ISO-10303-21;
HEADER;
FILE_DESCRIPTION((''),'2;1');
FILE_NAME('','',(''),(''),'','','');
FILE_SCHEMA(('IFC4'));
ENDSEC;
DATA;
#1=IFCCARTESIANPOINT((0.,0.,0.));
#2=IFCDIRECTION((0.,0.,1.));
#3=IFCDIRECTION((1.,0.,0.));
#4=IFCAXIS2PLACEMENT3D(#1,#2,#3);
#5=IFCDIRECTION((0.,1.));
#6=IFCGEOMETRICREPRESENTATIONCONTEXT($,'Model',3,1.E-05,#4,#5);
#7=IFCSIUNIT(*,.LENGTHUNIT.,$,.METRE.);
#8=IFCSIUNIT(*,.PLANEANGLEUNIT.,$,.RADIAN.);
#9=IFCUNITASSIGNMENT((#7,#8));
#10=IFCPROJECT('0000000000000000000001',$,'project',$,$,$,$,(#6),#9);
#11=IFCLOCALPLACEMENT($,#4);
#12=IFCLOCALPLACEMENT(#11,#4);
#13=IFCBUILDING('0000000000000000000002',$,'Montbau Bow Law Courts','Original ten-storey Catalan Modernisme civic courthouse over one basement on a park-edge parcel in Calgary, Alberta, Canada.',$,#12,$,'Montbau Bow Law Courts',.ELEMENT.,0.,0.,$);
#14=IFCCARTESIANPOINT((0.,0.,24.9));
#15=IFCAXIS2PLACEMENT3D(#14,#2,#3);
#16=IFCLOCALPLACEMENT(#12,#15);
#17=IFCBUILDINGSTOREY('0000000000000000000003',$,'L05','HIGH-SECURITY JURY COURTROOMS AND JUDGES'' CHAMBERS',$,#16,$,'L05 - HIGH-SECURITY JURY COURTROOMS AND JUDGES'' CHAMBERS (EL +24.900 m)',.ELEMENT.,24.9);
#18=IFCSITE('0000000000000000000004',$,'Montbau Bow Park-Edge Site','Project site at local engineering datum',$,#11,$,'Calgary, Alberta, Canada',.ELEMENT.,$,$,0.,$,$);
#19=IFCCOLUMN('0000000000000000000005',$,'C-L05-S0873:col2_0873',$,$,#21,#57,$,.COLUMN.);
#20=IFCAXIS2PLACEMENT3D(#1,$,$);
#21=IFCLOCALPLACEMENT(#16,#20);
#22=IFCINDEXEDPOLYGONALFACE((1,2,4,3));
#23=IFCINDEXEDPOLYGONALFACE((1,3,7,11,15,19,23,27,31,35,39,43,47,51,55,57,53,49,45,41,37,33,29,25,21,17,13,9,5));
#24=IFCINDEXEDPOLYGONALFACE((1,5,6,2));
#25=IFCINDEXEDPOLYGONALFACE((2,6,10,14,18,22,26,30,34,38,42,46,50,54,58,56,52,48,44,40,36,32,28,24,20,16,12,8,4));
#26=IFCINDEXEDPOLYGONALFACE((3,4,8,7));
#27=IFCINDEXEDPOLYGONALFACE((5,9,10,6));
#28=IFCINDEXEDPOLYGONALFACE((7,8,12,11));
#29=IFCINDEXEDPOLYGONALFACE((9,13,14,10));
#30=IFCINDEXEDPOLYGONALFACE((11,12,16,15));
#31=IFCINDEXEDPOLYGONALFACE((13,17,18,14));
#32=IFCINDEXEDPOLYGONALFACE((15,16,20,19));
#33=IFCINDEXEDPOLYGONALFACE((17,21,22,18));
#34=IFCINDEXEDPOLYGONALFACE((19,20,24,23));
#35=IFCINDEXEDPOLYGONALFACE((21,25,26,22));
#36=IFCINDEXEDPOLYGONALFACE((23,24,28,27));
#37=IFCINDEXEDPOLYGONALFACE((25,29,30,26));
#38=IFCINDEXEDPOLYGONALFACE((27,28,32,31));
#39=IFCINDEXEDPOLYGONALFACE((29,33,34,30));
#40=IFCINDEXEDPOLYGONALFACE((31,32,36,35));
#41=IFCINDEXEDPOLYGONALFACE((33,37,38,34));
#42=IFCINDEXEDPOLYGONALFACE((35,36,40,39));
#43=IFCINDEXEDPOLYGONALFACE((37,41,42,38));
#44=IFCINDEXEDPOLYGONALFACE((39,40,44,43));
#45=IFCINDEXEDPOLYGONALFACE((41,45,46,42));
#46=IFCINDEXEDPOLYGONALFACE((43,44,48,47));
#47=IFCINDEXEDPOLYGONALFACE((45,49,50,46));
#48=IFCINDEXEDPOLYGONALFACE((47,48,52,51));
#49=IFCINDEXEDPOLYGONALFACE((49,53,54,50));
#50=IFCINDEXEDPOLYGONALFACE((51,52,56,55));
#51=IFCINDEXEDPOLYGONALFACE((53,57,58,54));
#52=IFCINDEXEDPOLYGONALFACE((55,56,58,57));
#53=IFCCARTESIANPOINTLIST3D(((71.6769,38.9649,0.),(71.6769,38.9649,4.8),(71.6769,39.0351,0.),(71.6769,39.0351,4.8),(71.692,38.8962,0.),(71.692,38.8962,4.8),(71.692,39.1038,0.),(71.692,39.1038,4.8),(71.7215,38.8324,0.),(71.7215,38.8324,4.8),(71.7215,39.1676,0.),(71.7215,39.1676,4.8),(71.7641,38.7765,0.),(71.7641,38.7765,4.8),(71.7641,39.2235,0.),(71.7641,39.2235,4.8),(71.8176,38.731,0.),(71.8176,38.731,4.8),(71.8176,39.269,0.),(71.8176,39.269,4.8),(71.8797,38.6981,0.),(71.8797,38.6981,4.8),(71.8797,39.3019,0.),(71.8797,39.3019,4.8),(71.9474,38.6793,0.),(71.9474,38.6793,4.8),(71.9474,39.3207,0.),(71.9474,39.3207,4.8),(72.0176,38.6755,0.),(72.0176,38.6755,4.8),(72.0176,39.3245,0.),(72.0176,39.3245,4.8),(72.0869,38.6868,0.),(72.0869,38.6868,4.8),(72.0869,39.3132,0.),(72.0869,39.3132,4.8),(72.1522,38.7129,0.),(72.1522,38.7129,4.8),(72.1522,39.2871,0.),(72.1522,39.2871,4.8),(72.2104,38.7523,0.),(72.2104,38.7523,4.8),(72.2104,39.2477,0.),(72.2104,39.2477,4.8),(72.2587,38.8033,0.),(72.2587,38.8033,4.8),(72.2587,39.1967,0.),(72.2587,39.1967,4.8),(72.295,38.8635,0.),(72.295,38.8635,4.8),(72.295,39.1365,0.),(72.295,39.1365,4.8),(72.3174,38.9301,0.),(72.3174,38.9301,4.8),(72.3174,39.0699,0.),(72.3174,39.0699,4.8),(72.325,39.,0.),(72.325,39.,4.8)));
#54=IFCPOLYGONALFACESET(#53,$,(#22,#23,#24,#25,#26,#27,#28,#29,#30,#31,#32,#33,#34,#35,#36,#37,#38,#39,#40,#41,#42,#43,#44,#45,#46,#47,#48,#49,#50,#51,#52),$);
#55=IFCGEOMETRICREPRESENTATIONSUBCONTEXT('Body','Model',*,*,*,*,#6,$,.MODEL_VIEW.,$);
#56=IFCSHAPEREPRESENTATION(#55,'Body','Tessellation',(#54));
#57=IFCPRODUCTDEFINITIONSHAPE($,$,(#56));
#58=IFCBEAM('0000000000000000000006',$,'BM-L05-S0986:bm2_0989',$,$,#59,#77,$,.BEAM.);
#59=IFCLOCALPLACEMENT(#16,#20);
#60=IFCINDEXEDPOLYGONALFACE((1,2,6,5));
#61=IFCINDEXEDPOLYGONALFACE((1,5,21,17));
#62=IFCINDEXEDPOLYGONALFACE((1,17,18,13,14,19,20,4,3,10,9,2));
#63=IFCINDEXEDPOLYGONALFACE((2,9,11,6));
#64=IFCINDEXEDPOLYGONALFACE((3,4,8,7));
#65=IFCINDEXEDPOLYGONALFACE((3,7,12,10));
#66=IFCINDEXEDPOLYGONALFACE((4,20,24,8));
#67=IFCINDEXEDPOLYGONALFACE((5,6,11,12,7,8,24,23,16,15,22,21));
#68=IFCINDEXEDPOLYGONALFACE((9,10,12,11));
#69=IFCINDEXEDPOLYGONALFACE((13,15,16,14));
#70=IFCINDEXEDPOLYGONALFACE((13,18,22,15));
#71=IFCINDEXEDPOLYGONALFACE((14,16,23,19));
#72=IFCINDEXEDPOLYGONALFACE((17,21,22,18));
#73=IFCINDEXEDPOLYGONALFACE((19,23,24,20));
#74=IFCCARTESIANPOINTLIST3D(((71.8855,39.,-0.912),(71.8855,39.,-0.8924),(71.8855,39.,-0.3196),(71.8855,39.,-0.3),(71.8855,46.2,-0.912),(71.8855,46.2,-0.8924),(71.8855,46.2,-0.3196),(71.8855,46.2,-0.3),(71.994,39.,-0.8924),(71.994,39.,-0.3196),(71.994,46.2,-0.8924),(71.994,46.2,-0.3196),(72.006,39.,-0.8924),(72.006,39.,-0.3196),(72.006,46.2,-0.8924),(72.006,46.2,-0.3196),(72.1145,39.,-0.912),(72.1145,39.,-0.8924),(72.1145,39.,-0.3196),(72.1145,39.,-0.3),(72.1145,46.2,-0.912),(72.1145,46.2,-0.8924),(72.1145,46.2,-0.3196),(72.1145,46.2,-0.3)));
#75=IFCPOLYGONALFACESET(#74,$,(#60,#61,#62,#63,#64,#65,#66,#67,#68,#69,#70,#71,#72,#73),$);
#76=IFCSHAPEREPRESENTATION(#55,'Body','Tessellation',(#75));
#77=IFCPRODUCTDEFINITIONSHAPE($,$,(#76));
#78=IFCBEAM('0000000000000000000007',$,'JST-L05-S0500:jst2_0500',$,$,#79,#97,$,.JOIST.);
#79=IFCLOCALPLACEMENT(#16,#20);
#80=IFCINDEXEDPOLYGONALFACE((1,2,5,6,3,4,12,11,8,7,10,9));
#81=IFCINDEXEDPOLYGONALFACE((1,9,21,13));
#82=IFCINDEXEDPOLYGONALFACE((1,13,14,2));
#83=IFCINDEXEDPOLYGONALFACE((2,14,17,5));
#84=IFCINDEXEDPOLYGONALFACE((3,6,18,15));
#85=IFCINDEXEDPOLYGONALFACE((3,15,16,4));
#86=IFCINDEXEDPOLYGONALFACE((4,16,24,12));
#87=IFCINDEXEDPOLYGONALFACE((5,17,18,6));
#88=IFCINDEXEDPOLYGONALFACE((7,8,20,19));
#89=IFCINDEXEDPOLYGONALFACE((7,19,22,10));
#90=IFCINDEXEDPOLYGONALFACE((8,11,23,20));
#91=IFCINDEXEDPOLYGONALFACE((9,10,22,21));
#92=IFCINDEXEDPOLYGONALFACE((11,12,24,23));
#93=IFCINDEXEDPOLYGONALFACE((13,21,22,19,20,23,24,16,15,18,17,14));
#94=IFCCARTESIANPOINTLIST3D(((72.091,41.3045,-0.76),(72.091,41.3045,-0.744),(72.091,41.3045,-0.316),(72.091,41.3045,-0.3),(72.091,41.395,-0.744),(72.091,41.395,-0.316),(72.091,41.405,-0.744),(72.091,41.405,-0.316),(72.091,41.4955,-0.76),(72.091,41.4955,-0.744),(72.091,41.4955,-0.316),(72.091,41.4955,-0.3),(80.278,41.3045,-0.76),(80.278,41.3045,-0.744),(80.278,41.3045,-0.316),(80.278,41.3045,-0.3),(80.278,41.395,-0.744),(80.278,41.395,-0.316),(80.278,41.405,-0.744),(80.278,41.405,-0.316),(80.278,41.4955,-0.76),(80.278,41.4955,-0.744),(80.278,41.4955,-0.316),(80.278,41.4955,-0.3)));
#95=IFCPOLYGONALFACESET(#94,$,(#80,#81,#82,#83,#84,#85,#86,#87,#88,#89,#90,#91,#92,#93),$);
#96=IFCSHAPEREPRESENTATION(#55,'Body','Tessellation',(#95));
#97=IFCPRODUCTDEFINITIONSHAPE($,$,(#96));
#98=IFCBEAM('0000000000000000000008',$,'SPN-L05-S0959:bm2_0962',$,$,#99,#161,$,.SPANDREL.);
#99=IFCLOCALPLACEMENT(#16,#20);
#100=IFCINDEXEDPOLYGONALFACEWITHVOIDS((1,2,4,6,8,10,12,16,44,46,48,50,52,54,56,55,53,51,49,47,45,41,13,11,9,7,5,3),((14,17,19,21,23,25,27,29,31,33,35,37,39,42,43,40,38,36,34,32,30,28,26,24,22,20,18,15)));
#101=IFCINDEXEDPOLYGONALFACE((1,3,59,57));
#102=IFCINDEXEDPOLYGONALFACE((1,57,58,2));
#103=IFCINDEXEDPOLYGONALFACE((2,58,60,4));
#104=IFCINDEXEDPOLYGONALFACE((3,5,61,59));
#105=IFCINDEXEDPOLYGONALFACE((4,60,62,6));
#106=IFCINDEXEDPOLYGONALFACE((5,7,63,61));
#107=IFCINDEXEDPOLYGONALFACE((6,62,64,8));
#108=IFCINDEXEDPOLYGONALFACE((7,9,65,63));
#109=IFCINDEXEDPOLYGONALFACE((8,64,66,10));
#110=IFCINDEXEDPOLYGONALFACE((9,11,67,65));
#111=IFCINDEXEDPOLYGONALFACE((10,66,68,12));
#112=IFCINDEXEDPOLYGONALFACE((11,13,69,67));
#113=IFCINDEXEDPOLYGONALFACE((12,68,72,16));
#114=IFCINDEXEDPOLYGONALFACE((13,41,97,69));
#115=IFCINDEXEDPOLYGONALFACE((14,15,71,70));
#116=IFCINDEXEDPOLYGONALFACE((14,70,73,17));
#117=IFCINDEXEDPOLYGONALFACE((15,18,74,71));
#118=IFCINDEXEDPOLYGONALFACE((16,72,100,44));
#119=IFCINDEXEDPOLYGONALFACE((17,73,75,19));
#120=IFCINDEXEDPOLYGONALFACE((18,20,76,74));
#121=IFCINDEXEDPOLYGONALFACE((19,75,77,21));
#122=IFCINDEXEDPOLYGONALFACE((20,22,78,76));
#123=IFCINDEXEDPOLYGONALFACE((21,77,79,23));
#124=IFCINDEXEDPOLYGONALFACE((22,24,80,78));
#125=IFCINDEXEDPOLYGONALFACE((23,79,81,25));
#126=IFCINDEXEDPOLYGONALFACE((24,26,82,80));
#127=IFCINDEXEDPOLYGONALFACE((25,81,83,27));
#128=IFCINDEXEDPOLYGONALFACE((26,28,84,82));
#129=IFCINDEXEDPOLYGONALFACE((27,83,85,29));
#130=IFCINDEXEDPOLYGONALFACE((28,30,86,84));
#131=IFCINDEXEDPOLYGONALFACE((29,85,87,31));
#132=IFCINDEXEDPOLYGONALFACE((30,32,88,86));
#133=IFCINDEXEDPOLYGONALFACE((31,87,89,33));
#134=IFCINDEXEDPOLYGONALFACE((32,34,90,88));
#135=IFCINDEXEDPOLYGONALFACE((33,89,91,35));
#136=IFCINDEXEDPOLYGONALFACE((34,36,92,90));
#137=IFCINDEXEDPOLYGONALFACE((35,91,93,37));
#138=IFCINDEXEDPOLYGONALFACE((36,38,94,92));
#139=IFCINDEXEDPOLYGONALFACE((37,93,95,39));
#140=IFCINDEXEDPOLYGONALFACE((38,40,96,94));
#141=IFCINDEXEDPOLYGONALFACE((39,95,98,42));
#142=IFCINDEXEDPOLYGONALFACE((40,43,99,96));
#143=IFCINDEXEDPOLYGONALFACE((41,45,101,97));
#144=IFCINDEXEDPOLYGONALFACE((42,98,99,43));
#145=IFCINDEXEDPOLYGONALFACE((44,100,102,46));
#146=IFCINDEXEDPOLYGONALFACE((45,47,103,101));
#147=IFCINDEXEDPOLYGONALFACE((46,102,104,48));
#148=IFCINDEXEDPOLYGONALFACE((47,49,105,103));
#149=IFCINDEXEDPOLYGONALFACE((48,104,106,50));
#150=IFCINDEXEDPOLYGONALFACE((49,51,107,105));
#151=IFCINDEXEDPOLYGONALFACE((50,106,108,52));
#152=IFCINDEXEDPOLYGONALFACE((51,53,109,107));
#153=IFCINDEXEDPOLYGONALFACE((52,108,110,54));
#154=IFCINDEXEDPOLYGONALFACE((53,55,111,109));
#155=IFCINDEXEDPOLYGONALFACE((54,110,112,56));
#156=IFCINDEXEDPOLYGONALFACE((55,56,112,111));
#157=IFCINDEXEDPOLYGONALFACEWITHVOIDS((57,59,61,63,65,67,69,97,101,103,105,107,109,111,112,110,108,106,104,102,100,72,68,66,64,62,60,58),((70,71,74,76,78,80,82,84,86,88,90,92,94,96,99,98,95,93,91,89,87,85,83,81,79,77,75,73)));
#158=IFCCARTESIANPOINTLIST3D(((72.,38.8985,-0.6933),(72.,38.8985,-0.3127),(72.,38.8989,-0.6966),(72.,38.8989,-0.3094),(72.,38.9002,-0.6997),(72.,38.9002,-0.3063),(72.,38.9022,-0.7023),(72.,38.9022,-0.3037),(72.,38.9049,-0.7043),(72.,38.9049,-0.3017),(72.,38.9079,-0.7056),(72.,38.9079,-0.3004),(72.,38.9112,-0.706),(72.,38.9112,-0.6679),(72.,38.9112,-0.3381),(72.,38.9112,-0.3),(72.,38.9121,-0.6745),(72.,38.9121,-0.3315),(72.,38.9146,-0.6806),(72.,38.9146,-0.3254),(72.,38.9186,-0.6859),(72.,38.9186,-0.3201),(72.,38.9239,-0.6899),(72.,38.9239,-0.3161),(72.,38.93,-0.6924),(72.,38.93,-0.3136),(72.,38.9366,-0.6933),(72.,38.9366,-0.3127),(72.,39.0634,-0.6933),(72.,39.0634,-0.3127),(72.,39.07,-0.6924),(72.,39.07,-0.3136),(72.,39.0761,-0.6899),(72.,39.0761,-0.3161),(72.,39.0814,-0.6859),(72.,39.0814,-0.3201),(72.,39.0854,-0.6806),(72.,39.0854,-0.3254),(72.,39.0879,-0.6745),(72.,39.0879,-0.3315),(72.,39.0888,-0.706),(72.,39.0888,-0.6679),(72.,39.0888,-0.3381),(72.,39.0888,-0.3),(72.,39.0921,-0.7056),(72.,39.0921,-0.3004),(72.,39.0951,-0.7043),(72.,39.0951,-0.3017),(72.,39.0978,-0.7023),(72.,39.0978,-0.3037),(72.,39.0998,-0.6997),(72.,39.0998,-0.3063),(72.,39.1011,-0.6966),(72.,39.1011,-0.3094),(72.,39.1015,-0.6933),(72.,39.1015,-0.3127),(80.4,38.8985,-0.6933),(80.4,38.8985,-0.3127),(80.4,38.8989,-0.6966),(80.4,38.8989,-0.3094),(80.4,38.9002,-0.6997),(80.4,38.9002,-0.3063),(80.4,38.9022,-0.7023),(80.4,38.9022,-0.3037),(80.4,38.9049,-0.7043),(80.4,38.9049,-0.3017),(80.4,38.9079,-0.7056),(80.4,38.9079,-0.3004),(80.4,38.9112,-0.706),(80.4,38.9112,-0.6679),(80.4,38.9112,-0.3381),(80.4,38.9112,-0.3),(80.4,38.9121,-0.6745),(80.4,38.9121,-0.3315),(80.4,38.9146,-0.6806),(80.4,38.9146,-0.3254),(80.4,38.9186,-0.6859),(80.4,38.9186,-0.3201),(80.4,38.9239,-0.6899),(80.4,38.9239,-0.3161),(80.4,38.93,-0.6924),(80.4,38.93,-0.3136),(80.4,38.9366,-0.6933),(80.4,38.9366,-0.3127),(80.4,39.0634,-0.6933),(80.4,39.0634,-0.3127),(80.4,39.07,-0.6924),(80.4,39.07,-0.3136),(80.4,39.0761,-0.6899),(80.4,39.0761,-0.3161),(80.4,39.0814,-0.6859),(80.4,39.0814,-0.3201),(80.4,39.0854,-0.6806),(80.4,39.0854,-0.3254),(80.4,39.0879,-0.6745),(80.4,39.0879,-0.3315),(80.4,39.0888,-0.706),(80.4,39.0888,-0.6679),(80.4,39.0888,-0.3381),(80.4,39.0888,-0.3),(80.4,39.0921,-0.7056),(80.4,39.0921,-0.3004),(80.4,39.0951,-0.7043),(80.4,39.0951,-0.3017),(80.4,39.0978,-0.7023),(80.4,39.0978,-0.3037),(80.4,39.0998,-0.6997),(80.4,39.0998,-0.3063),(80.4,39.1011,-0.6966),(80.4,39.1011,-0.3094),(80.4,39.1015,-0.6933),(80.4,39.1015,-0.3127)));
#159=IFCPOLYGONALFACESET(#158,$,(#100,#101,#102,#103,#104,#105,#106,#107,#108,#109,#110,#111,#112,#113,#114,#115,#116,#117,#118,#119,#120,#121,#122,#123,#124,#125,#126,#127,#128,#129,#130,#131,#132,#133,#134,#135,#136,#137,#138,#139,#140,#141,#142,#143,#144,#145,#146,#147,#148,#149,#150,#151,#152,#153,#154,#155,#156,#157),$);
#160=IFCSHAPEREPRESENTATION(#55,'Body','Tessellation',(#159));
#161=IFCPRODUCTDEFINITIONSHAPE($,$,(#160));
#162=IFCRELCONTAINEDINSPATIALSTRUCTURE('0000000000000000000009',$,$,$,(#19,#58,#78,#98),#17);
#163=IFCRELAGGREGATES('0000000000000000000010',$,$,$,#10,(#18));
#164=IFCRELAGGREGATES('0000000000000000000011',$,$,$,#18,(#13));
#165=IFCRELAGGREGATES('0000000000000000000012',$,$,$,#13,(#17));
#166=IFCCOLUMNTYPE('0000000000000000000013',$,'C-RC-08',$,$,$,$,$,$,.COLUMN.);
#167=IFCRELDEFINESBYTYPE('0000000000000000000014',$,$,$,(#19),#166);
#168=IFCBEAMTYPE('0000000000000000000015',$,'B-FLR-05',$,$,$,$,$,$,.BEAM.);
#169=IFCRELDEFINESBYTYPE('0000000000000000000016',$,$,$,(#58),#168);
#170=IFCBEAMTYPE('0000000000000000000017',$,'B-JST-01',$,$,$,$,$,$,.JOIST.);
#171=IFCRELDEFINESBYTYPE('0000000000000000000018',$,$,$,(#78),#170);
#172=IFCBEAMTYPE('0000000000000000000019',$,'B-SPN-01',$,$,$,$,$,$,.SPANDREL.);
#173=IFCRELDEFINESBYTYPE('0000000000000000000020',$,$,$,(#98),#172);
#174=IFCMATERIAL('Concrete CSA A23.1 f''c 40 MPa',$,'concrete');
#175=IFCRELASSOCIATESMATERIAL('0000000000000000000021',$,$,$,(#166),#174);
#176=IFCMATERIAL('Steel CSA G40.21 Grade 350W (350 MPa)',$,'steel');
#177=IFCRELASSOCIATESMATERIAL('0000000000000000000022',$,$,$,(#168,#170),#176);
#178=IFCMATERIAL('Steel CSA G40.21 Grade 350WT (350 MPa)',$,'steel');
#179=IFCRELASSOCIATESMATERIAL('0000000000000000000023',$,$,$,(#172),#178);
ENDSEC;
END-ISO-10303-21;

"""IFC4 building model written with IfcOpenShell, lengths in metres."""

from ifc_helpers import new_model, si_unit, direction, frame, origin_with_axes, origin_2d_with_axis, place, context, subcontext, project, spatial, hollow_rectangle, circle, i_section, extrude, material, material_profile, profile_set, type_object, element, save


model = new_model("IFC4")

# Units and contexts
model_context = context("Model", 3, precision=1e-05, world=origin_with_axes(), true_north=direction((0.0, 1.0)))
body_context = subcontext(model_context, "Body", "Model", "MODEL_VIEW")
ifc_project = project(units=[si_unit("LENGTHUNIT", "METRE"), si_unit("PLANEANGLEUNIT", "RADIAN")], contexts=[model_context])

# Site, building, storey
site_placement = place(None, origin_with_axes())
site = spatial("IfcSite", under=ifc_project, at=site_placement, Name="Montbau Bow Park-Edge Site", Description="Project site at local engineering datum", LongName="Calgary, Alberta, Canada", CompositionType="ELEMENT", RefElevation=0.0)
building_placement = place(site_placement, origin_with_axes())
building = spatial("IfcBuilding", under=site, at=building_placement, Name="Montbau Bow Law Courts", Description="Original ten-storey Catalan Modernisme civic courthouse over one basement on a park-edge parcel in Calgary, Alberta, Canada.", LongName="Montbau Bow Law Courts", CompositionType="ELEMENT", ElevationOfRefHeight=0.0, ElevationOfTerrain=0.0)
storey_placement = place(building_placement, frame((0.0, 0.0, 24.9), z_axis=(0.0, 0.0, 1.0), x_axis=(1.0, 0.0, 0.0)))
storey = spatial("IfcBuildingStorey", under=building, at=storey_placement, Name="L05", Description="HIGH-SECURITY JURY COURTROOMS AND JUDGES' CHAMBERS", LongName="L05 - HIGH-SECURITY JURY COURTROOMS AND JUDGES' CHAMBERS (EL +24.900 m)", CompositionType="ELEMENT", Elevation=24.9)

# Column
ifc_material_1 = material(Name="Concrete CSA A23.1 f'c 40 MPa", Category="concrete")
ifc_material_profile_1 = material_profile(ifc_material_1, circle(Radius=0.325, at=origin_2d_with_axis()), Name="RC650D", Category="Main", Priority=0)
ifc_profile_set_1 = profile_set([ifc_material_profile_1], Name="Concrete CSA A23.1 f'c 40 MPa")
column_type = type_object("IfcColumnType", Name="C-RC-08", PredefinedType="COLUMN", material=ifc_profile_set_1)
column_placement = place(None, frame((72.0, 39.0, 24.9), z_axis=(0.0, 0.0, 1.0), x_axis=(1.0, 0.0, 0.0)))
element("IfcColumn", 1, at=column_placement, inside=storey, type_object=column_type, Name="C-L05-S0873:col2_0873", PredefinedType="COLUMN", context=body_context, shape_type="SweptSolid", body=[
    extrude(circle(Radius=0.325, at=origin_2d_with_axis()), origin_with_axes(), (0.0, 0.0, 1.0), 4.8),
])

# Beams
ifc_material_2 = material(Name="Steel CSA G40.21 Grade 350W (350 MPa)", Category="steel")
ifc_material_profile_2 = material_profile(ifc_material_2, i_section(OverallWidth=0.229, OverallDepth=0.612, WebThickness=0.0119, FlangeThickness=0.0196, at=origin_2d_with_axis()), Name="W610X125", Category="Main", Priority=0)
ifc_profile_set_2 = profile_set([ifc_material_profile_2], Name="Steel CSA G40.21 Grade 350W (350 MPa)")
beam_type_1 = type_object("IfcBeamType", Name="B-FLR-05", PredefinedType="BEAM", material=ifc_profile_set_2)
beam_1_placement = place(None, frame((72.0, 39.0, 24.294), z_axis=(0.0, 1.0, 0.0), x_axis=(-1.0, 0.0, 0.0)))
element("IfcBeam", 2, at=beam_1_placement, inside=storey, type_object=beam_type_1, Name="BM-L05-S0986:bm2_0989", PredefinedType="BEAM", context=body_context, shape_type="SweptSolid", body=[
    extrude(i_section(OverallWidth=0.229, OverallDepth=0.612, WebThickness=0.0119, FlangeThickness=0.0196, at=origin_2d_with_axis()), origin_with_axes(), (0.0, 0.0, 1.0), 7.2),
])
ifc_material_profile_3 = material_profile(ifc_material_2, i_section(OverallWidth=0.191, OverallDepth=0.46, WebThickness=0.0099, FlangeThickness=0.016, at=origin_2d_with_axis()), Name="W460X82", Category="Main", Priority=0)
ifc_profile_set_3 = profile_set([ifc_material_profile_3], Name="Steel CSA G40.21 Grade 350W (350 MPa)")
beam_type_2 = type_object("IfcBeamType", Name="B-JST-01", PredefinedType="JOIST", material=ifc_profile_set_3)
beam_2_placement = place(None, frame((72.091, 41.4, 24.37), z_axis=(1.0, 0.0, 0.0), x_axis=(0.0, 1.0, 0.0)))
element("IfcBeam", 3, at=beam_2_placement, inside=storey, type_object=beam_type_2, Name="JST-L05-S0500:jst2_0500", PredefinedType="JOIST", context=body_context, shape_type="SweptSolid", body=[
    extrude(i_section(OverallWidth=0.191, OverallDepth=0.46, WebThickness=0.0099, FlangeThickness=0.016, at=origin_2d_with_axis()), origin_with_axes(), (0.0, 0.0, 1.0), 8.187),
])
ifc_material_3 = material(Name="Steel CSA G40.21 Grade 350WT (350 MPa)", Category="steel")
ifc_material_profile_4 = material_profile(ifc_material_3, hollow_rectangle(XDim=0.203, YDim=0.406, WallThickness=0.0127, InnerFilletRadius=0.0254, OuterFilletRadius=0.0127, at=origin_2d_with_axis()), Name="HSS406X203X13", Category="Main", Priority=0)
ifc_profile_set_4 = profile_set([ifc_material_profile_4], Name="Steel CSA G40.21 Grade 350WT (350 MPa)")
beam_type_3 = type_object("IfcBeamType", Name="B-SPN-01", PredefinedType="SPANDREL", material=ifc_profile_set_4)
beam_3_placement = place(None, frame((72.0, 39.0, 24.397), z_axis=(1.0, 0.0, 0.0), x_axis=(0.0, 1.0, 0.0)))
element("IfcBeam", 4, at=beam_3_placement, inside=storey, type_object=beam_type_3, Name="SPN-L05-S0959:bm2_0962", PredefinedType="SPANDREL", context=body_context, shape_type="SweptSolid", body=[
    extrude(hollow_rectangle(XDim=0.203, YDim=0.406, WallThickness=0.0127, InnerFilletRadius=0.0254, OuterFilletRadius=0.0127, at=origin_2d_with_axis()), origin_with_axes(), (0.0, 0.0, 1.0), 8.4),
])

save(model, "model.ifc")
